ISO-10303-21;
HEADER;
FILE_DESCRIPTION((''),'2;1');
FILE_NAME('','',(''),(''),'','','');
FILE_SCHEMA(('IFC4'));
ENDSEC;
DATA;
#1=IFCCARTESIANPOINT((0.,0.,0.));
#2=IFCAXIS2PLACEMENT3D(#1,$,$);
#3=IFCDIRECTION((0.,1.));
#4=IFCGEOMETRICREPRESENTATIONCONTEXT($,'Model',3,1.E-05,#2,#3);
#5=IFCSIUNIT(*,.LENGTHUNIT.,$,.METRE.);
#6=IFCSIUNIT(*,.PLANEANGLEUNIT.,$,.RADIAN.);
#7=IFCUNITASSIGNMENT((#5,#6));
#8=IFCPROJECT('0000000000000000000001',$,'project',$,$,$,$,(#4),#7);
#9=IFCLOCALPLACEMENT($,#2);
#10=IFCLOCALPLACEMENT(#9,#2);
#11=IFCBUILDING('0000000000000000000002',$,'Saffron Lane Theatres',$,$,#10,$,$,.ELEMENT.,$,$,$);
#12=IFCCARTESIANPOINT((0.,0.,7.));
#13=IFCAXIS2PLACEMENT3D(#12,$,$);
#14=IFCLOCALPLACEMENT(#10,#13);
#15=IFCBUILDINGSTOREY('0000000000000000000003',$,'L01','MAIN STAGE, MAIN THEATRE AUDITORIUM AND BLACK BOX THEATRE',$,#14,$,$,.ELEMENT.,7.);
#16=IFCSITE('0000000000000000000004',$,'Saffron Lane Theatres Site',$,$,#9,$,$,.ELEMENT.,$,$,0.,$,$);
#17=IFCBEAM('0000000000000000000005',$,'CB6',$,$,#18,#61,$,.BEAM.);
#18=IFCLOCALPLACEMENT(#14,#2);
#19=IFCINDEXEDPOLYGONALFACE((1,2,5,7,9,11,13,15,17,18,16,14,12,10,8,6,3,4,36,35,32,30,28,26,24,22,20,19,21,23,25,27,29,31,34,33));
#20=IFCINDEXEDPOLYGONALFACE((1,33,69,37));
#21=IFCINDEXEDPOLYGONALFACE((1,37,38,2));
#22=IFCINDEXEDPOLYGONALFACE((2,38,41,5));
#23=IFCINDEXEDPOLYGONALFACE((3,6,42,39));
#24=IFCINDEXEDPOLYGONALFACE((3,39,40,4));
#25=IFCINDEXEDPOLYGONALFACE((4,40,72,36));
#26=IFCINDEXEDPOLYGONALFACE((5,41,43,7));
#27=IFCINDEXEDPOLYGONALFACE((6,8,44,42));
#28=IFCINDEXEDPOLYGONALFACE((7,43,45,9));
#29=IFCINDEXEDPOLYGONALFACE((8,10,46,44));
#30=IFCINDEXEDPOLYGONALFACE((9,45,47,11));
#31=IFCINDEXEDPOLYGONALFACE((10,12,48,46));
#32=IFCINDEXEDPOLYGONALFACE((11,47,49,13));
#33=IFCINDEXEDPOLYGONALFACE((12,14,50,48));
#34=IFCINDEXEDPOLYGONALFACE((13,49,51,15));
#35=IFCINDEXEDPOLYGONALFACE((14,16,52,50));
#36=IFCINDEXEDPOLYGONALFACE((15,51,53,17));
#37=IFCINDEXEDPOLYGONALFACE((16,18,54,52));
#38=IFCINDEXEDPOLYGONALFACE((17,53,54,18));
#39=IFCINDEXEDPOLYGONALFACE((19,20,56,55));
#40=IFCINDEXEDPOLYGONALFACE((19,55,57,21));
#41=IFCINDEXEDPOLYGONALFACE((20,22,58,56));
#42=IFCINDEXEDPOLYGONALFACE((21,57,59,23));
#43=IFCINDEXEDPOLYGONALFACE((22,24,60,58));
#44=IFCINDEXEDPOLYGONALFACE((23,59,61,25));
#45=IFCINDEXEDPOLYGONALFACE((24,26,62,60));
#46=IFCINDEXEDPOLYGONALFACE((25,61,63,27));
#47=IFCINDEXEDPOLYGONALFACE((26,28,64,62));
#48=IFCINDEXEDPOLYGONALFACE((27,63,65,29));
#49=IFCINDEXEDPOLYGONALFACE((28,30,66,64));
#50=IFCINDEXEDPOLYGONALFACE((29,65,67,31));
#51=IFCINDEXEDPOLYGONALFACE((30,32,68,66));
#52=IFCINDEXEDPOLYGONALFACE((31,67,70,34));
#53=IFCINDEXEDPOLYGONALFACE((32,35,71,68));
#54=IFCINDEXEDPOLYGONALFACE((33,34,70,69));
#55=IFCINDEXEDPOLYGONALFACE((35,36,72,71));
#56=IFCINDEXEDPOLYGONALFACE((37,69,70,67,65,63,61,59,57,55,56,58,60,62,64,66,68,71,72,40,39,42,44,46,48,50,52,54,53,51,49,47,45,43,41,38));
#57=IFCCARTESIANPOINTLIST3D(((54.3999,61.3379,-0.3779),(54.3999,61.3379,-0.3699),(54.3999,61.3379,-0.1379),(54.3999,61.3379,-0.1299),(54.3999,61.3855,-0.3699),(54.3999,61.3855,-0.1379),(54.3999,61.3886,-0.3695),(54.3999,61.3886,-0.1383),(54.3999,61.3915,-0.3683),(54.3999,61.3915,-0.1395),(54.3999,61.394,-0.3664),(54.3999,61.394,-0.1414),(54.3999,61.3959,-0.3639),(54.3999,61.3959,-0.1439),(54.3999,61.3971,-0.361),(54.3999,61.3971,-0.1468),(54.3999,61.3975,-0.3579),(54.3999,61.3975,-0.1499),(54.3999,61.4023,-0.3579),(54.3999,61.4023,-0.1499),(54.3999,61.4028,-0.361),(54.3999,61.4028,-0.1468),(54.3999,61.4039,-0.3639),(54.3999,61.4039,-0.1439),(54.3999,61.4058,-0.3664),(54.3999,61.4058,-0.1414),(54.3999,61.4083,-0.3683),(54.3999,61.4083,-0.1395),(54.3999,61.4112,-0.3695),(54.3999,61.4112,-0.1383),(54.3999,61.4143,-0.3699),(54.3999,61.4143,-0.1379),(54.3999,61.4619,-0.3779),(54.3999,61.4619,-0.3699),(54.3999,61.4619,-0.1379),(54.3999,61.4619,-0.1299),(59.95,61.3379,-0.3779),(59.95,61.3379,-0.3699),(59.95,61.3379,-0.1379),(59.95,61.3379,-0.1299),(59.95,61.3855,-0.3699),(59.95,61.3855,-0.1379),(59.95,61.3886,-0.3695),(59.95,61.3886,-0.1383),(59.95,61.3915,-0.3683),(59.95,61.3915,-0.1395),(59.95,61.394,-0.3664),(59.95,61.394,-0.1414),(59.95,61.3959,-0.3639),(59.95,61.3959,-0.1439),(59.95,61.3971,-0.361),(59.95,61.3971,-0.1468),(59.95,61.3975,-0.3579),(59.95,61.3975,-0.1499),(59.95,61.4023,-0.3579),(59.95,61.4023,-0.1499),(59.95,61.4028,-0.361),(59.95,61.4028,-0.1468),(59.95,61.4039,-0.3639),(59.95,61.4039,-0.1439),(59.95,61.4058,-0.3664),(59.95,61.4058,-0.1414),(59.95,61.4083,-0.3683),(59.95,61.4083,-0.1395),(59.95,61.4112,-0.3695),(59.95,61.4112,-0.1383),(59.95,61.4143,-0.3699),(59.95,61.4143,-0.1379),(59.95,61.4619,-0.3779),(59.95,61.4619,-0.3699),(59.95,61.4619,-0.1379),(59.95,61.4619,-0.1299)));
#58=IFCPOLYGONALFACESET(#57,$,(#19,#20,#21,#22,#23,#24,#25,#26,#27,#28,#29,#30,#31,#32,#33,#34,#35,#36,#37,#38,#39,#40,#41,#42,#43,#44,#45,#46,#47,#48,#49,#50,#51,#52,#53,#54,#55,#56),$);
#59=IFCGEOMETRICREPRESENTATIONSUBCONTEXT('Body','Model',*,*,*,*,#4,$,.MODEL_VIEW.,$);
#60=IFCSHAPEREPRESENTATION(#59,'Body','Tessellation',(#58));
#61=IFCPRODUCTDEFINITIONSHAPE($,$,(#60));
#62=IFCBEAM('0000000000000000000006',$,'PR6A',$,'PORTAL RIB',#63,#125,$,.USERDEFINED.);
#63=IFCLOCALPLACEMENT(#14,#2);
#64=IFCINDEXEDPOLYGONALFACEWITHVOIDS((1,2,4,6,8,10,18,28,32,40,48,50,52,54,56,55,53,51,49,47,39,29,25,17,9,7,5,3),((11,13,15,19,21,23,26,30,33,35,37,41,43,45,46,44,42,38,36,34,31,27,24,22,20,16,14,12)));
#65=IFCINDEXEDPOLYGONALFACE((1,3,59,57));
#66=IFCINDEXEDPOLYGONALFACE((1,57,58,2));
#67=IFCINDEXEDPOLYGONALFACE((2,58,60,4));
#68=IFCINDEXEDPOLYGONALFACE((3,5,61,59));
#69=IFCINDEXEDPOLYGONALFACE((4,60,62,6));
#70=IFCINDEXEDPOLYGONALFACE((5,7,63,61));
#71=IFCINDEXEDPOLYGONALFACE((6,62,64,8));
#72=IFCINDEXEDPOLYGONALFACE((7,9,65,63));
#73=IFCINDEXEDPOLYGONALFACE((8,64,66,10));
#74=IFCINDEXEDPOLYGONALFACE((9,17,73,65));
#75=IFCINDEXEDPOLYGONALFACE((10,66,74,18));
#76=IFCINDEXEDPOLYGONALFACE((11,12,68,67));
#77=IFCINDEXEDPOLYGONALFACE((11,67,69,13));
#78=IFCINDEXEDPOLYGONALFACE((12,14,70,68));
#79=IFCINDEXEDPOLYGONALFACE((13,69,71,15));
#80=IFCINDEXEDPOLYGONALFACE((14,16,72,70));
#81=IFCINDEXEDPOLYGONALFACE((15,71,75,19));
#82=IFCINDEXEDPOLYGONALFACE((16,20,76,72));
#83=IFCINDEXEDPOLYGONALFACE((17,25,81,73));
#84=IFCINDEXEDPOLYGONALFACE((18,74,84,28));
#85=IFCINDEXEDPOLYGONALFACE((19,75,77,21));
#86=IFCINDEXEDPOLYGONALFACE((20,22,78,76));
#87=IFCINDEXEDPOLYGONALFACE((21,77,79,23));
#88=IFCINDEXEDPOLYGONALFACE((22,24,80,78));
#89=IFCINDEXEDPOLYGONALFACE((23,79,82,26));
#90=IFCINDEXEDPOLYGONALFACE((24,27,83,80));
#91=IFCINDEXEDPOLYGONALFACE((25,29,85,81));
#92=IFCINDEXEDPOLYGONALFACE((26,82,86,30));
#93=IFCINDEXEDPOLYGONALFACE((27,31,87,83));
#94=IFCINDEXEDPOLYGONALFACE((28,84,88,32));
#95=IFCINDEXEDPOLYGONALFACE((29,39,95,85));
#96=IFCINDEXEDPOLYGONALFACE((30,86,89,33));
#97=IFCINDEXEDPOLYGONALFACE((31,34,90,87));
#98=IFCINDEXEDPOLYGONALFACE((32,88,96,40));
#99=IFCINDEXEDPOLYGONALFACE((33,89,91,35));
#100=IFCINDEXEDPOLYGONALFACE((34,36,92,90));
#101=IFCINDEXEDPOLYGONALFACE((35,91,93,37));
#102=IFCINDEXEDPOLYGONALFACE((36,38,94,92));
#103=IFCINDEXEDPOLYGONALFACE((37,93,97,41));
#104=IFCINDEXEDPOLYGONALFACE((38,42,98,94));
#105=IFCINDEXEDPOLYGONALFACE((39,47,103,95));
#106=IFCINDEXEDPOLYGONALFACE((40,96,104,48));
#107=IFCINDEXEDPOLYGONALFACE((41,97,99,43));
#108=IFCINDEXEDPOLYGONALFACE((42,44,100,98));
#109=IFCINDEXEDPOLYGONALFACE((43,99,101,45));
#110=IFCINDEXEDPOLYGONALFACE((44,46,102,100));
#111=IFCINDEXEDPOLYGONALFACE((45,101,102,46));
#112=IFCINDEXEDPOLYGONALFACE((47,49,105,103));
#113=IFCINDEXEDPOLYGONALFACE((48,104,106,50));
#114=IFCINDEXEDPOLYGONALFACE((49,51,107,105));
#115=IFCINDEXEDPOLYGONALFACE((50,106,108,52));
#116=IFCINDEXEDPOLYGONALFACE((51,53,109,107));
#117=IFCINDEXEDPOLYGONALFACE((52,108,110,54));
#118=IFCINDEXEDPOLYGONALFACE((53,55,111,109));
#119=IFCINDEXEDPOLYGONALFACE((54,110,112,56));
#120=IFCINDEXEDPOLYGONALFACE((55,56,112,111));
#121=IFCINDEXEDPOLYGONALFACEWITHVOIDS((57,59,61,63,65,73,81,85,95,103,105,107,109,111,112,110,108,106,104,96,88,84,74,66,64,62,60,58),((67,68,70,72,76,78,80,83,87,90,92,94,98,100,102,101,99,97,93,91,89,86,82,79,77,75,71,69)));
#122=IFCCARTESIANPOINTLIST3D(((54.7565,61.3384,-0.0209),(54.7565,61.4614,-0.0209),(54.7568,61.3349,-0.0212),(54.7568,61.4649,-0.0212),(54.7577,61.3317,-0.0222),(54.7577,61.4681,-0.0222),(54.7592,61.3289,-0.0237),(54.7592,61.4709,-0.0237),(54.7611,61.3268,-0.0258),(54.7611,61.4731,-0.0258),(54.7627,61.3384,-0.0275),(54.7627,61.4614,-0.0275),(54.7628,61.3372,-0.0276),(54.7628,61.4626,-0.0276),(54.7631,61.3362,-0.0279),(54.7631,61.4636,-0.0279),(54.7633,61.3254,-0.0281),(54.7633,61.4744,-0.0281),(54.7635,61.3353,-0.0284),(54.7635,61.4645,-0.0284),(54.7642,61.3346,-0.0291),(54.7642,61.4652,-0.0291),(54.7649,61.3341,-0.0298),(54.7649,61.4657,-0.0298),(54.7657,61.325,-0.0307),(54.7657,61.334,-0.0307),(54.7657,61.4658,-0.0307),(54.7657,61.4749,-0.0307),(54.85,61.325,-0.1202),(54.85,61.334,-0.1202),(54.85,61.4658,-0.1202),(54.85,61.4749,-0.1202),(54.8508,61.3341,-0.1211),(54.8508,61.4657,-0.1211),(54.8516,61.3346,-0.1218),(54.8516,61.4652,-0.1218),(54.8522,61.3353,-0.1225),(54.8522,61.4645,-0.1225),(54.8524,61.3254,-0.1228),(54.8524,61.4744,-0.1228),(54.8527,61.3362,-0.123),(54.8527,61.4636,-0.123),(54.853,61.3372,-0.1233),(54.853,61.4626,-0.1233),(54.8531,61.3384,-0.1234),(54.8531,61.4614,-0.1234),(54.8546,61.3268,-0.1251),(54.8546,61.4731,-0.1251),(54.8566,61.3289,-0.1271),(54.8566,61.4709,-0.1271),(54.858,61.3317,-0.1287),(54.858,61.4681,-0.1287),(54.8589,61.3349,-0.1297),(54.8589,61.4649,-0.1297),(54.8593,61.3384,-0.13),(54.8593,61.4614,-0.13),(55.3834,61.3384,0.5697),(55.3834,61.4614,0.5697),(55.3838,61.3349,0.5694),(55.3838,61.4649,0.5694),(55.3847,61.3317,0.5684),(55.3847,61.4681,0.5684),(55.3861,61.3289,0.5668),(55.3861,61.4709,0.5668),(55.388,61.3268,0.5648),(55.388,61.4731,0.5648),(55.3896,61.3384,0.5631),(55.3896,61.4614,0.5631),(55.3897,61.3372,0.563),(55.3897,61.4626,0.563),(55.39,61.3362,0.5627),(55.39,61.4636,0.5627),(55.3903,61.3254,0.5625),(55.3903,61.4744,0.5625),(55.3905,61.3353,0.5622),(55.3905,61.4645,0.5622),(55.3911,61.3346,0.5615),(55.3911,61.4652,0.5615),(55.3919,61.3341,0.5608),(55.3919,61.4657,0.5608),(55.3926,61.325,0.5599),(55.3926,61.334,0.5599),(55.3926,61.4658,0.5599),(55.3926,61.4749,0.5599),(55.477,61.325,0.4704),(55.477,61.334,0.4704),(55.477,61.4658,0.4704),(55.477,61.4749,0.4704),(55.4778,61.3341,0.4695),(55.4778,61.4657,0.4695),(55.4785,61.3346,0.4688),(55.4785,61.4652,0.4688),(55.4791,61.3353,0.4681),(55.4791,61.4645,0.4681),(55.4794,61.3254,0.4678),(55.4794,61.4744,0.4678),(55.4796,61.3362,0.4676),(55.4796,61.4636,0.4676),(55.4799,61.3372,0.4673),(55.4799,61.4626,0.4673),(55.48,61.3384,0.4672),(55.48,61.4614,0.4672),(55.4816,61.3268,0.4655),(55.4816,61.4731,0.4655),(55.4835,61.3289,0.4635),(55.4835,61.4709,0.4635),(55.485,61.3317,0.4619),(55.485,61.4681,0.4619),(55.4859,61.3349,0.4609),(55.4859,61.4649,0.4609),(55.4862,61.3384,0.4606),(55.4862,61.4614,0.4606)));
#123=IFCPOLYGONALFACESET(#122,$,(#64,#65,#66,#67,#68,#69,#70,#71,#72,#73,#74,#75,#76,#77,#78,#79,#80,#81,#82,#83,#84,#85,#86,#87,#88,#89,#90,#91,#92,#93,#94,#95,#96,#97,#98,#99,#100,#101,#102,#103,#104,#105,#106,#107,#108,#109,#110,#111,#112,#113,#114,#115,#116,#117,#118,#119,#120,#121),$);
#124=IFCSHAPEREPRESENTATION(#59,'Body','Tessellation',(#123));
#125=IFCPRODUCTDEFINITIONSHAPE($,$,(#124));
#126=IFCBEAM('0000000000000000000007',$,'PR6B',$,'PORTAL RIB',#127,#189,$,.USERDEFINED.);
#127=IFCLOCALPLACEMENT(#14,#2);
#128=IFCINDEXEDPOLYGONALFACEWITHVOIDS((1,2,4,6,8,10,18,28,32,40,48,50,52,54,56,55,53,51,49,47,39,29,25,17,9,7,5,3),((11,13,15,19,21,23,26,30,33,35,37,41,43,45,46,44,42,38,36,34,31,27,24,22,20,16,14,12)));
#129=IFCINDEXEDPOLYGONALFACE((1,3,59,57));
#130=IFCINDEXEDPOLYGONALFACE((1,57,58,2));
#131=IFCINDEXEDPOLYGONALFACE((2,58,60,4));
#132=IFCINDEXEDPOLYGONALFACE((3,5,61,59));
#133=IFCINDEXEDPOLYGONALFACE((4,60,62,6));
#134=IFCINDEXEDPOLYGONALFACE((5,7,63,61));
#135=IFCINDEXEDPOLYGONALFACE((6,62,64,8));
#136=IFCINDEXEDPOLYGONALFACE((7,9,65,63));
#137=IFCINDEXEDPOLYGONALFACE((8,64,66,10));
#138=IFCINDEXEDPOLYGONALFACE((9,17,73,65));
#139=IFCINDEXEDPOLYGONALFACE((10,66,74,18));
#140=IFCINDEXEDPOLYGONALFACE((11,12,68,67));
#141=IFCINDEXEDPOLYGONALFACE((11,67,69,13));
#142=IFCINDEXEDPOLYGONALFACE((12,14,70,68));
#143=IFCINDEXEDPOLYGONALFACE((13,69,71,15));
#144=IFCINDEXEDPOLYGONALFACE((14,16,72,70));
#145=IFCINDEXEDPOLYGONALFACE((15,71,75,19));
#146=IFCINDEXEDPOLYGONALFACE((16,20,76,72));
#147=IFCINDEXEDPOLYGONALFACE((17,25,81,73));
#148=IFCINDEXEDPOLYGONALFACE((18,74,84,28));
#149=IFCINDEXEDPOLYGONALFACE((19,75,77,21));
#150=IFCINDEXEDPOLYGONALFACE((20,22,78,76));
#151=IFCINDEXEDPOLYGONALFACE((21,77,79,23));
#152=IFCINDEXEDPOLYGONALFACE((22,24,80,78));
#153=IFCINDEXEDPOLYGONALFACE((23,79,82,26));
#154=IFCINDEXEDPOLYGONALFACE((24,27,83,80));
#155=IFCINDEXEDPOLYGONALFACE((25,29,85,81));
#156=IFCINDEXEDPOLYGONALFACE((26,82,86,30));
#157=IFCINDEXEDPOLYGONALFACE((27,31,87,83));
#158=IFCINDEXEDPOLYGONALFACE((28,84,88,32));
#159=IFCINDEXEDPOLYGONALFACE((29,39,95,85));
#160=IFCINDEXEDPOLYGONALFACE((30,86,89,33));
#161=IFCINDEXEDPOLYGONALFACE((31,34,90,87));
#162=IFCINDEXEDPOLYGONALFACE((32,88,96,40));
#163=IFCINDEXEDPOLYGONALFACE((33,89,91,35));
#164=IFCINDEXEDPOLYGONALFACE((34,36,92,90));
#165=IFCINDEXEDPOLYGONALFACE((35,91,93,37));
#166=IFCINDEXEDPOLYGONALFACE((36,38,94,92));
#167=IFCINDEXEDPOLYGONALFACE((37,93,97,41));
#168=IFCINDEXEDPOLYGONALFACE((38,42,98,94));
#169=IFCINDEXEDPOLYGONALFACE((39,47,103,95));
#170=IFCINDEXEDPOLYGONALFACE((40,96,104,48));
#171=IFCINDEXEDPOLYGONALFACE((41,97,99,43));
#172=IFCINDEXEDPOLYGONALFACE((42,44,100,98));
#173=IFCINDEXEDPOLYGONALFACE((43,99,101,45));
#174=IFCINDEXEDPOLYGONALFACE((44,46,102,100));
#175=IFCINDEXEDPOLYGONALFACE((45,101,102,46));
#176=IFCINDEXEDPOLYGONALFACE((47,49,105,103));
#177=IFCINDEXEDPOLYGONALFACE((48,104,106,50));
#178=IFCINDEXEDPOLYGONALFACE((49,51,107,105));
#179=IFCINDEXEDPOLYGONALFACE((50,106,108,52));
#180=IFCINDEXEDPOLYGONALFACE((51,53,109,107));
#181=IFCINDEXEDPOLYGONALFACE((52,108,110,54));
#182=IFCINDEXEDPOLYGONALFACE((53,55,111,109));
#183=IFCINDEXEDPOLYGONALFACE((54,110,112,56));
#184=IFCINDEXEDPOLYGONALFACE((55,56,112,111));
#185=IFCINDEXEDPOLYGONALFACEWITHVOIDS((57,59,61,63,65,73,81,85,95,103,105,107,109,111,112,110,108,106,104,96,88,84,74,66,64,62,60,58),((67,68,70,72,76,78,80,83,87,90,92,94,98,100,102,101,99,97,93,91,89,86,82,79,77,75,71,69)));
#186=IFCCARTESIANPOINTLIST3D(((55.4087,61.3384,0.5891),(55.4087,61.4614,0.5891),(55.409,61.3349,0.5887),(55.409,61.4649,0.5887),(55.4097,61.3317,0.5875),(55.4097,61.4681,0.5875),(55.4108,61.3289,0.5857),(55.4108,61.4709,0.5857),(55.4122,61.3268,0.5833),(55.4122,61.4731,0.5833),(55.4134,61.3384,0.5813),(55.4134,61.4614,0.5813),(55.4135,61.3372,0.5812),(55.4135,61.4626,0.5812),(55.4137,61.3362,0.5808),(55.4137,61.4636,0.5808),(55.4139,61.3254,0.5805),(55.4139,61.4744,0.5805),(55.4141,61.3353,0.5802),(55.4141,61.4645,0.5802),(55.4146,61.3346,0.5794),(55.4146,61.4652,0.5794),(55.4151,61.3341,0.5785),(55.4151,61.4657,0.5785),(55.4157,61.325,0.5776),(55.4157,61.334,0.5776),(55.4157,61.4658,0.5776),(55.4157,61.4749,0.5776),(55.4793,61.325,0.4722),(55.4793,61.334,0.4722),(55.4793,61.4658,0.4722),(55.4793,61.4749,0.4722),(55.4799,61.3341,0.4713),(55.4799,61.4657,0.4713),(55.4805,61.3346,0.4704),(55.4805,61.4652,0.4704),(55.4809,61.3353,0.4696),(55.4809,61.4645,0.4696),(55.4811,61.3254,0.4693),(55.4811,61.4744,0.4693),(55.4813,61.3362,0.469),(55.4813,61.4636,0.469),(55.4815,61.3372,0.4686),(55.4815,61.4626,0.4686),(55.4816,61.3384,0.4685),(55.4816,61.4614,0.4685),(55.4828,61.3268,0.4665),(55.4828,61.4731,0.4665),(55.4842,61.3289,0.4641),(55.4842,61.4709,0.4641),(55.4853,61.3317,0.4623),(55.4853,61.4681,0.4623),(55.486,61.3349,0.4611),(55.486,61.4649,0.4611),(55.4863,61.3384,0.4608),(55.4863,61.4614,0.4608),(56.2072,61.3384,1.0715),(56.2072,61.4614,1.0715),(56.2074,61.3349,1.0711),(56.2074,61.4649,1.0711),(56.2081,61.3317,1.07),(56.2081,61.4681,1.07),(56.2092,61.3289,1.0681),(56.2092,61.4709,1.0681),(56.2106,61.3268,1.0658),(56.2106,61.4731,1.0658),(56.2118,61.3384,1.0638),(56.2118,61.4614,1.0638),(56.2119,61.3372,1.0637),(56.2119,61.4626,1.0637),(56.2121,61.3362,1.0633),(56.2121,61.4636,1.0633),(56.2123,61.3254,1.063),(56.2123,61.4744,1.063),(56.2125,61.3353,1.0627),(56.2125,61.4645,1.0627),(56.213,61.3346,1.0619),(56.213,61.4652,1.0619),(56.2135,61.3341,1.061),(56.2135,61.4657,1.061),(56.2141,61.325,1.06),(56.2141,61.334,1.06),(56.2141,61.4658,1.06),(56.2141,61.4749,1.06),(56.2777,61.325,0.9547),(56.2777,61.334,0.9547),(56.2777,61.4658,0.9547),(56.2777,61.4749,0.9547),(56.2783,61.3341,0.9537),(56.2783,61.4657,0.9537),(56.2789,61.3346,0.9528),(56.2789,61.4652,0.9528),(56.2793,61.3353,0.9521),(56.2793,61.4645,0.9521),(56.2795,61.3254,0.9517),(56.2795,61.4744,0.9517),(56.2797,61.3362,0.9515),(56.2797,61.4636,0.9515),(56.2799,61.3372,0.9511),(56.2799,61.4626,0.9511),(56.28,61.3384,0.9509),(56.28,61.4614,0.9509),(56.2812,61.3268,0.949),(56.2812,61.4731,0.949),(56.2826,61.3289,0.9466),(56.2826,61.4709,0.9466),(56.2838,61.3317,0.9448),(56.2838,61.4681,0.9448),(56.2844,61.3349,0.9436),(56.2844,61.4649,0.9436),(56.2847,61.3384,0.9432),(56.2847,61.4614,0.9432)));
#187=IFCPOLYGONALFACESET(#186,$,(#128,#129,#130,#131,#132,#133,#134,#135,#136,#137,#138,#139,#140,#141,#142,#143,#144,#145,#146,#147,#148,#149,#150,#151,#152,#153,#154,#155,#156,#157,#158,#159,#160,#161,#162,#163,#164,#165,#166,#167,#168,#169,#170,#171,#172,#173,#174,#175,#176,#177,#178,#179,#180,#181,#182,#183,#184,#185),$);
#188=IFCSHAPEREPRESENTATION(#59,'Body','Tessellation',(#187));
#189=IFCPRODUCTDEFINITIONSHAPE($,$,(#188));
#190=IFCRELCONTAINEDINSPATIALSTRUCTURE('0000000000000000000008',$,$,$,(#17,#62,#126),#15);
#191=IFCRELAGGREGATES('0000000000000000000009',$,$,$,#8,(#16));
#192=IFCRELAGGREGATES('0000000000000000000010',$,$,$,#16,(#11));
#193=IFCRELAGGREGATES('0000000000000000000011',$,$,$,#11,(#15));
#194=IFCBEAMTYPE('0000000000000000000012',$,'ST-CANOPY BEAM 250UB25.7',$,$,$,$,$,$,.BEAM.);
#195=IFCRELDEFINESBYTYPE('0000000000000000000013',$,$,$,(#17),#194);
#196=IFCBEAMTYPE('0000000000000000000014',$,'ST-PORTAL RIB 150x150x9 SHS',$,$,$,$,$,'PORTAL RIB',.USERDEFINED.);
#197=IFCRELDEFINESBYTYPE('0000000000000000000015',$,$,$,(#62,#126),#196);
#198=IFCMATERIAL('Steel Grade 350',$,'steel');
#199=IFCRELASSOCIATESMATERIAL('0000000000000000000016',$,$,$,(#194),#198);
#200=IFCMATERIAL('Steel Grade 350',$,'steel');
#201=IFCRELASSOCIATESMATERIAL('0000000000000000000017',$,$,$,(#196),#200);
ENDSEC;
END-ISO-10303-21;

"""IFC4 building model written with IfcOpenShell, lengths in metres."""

from ifc_helpers import new_model, si_unit, direction, frame, origin, origin_2d, place, context, subcontext, project, spatial, hollow_rectangle, i_section, extrude, material, material_profile, profile_set, type_object, element, save


model = new_model("IFC4")

# Units and contexts
model_context = context("Model", 3, precision=1e-05, world=origin(), true_north=direction((0.0, 1.0)))
body_context = subcontext(model_context, "Body", "Model", "MODEL_VIEW")
ifc_project = project(units=[si_unit("LENGTHUNIT", "METRE"), si_unit("PLANEANGLEUNIT", "RADIAN")], contexts=[model_context])

# Site, building, storey
site_placement = place(None, origin())
site = spatial("IfcSite", under=ifc_project, at=site_placement, Name="Saffron Lane Theatres Site", CompositionType="ELEMENT", RefElevation=0.0)
building_placement = place(site_placement, origin())
building = spatial("IfcBuilding", under=site, at=building_placement, Name="Saffron Lane Theatres", CompositionType="ELEMENT")
storey_placement = place(building_placement, frame((0.0, 0.0, 7.0)))
storey = spatial("IfcBuildingStorey", under=building, at=storey_placement, Name="L01", Description="MAIN STAGE, MAIN THEATRE AUDITORIUM AND BLACK BOX THEATRE", CompositionType="ELEMENT", Elevation=7.0)

# Beams
ifc_material_1 = material(Name="Steel Grade 350", Category="steel")
ifc_material_profile_1 = material_profile(ifc_material_1, i_section(OverallWidth=0.124, OverallDepth=0.248, WebThickness=0.0049, FlangeThickness=0.0081, FilletRadius=0.012, at=origin_2d()))
ifc_profile_set_1 = profile_set([ifc_material_profile_1], Name="Steel Grade 350")
beam_type_1 = type_object("IfcBeamType", Name="ST-CANOPY BEAM 250UB25.7", PredefinedType="BEAM", material=ifc_profile_set_1)
beam_1_placement = place(storey_placement, frame((54.3999, 61.3999, -0.2539), z_axis=(1.0, 0.0, 0.0), x_axis=(0.0, 1.0, 0.0)))
element("IfcBeam", 1, at=beam_1_placement, inside=storey, type_object=beam_type_1, Name="CB6", PredefinedType="BEAM", context=body_context, shape_type="SweptSolid", body=[
    extrude(i_section(OverallWidth=0.124, OverallDepth=0.248, WebThickness=0.0049, FlangeThickness=0.0081, FilletRadius=0.012, at=origin_2d()), origin(), (0.0, 0.0, 1.0), 5.55),
])
ifc_material_2 = material(Name="Steel Grade 350", Category="steel")
ifc_material_profile_2 = material_profile(ifc_material_2, hollow_rectangle(XDim=0.1499, YDim=0.1499, WallThickness=0.009, InnerFilletRadius=0.0044, OuterFilletRadius=0.0134, at=origin_2d()))
ifc_profile_set_2 = profile_set([ifc_material_profile_2], Name="Steel Grade 350")
beam_type_2 = type_object("IfcBeamType", Name="ST-PORTAL RIB 150x150x9 SHS", ElementType="PORTAL RIB", PredefinedType="USERDEFINED", material=ifc_profile_set_2)
beam_2_placement = place(storey_placement, frame((54.8079, 61.3999, -0.0754), z_axis=(0.727909, 0.0, 0.685674), x_axis=(0.0, 1.0, 0.0)))
element("IfcBeam", 2, at=beam_2_placement, inside=storey, type_object=beam_type_2, Name="PR6A", ObjectType="PORTAL RIB", PredefinedType="USERDEFINED", context=body_context, shape_type="SweptSolid", body=[
    extrude(hollow_rectangle(XDim=0.1499, YDim=0.1499, WallThickness=0.009, InnerFilletRadius=0.0044, OuterFilletRadius=0.0134, at=origin_2d()), origin(), (0.0, 0.0, 1.0), 0.8613),
])
beam_3_placement = place(storey_placement, frame((55.4475, 61.3999, 0.5249), z_axis=(0.855872, 0.0, 0.517188), x_axis=(0.0, 1.0, 0.0)))
element("IfcBeam", 3, at=beam_3_placement, inside=storey, type_object=beam_type_2, Name="PR6B", ObjectType="PORTAL RIB", PredefinedType="USERDEFINED", context=body_context, shape_type="SweptSolid", body=[
    extrude(hollow_rectangle(XDim=0.1499, YDim=0.1499, WallThickness=0.009, InnerFilletRadius=0.0044, OuterFilletRadius=0.0134, at=origin_2d()), origin(), (0.0, 0.0, 1.0), 0.9329),
])

save(model, "model.ifc")
